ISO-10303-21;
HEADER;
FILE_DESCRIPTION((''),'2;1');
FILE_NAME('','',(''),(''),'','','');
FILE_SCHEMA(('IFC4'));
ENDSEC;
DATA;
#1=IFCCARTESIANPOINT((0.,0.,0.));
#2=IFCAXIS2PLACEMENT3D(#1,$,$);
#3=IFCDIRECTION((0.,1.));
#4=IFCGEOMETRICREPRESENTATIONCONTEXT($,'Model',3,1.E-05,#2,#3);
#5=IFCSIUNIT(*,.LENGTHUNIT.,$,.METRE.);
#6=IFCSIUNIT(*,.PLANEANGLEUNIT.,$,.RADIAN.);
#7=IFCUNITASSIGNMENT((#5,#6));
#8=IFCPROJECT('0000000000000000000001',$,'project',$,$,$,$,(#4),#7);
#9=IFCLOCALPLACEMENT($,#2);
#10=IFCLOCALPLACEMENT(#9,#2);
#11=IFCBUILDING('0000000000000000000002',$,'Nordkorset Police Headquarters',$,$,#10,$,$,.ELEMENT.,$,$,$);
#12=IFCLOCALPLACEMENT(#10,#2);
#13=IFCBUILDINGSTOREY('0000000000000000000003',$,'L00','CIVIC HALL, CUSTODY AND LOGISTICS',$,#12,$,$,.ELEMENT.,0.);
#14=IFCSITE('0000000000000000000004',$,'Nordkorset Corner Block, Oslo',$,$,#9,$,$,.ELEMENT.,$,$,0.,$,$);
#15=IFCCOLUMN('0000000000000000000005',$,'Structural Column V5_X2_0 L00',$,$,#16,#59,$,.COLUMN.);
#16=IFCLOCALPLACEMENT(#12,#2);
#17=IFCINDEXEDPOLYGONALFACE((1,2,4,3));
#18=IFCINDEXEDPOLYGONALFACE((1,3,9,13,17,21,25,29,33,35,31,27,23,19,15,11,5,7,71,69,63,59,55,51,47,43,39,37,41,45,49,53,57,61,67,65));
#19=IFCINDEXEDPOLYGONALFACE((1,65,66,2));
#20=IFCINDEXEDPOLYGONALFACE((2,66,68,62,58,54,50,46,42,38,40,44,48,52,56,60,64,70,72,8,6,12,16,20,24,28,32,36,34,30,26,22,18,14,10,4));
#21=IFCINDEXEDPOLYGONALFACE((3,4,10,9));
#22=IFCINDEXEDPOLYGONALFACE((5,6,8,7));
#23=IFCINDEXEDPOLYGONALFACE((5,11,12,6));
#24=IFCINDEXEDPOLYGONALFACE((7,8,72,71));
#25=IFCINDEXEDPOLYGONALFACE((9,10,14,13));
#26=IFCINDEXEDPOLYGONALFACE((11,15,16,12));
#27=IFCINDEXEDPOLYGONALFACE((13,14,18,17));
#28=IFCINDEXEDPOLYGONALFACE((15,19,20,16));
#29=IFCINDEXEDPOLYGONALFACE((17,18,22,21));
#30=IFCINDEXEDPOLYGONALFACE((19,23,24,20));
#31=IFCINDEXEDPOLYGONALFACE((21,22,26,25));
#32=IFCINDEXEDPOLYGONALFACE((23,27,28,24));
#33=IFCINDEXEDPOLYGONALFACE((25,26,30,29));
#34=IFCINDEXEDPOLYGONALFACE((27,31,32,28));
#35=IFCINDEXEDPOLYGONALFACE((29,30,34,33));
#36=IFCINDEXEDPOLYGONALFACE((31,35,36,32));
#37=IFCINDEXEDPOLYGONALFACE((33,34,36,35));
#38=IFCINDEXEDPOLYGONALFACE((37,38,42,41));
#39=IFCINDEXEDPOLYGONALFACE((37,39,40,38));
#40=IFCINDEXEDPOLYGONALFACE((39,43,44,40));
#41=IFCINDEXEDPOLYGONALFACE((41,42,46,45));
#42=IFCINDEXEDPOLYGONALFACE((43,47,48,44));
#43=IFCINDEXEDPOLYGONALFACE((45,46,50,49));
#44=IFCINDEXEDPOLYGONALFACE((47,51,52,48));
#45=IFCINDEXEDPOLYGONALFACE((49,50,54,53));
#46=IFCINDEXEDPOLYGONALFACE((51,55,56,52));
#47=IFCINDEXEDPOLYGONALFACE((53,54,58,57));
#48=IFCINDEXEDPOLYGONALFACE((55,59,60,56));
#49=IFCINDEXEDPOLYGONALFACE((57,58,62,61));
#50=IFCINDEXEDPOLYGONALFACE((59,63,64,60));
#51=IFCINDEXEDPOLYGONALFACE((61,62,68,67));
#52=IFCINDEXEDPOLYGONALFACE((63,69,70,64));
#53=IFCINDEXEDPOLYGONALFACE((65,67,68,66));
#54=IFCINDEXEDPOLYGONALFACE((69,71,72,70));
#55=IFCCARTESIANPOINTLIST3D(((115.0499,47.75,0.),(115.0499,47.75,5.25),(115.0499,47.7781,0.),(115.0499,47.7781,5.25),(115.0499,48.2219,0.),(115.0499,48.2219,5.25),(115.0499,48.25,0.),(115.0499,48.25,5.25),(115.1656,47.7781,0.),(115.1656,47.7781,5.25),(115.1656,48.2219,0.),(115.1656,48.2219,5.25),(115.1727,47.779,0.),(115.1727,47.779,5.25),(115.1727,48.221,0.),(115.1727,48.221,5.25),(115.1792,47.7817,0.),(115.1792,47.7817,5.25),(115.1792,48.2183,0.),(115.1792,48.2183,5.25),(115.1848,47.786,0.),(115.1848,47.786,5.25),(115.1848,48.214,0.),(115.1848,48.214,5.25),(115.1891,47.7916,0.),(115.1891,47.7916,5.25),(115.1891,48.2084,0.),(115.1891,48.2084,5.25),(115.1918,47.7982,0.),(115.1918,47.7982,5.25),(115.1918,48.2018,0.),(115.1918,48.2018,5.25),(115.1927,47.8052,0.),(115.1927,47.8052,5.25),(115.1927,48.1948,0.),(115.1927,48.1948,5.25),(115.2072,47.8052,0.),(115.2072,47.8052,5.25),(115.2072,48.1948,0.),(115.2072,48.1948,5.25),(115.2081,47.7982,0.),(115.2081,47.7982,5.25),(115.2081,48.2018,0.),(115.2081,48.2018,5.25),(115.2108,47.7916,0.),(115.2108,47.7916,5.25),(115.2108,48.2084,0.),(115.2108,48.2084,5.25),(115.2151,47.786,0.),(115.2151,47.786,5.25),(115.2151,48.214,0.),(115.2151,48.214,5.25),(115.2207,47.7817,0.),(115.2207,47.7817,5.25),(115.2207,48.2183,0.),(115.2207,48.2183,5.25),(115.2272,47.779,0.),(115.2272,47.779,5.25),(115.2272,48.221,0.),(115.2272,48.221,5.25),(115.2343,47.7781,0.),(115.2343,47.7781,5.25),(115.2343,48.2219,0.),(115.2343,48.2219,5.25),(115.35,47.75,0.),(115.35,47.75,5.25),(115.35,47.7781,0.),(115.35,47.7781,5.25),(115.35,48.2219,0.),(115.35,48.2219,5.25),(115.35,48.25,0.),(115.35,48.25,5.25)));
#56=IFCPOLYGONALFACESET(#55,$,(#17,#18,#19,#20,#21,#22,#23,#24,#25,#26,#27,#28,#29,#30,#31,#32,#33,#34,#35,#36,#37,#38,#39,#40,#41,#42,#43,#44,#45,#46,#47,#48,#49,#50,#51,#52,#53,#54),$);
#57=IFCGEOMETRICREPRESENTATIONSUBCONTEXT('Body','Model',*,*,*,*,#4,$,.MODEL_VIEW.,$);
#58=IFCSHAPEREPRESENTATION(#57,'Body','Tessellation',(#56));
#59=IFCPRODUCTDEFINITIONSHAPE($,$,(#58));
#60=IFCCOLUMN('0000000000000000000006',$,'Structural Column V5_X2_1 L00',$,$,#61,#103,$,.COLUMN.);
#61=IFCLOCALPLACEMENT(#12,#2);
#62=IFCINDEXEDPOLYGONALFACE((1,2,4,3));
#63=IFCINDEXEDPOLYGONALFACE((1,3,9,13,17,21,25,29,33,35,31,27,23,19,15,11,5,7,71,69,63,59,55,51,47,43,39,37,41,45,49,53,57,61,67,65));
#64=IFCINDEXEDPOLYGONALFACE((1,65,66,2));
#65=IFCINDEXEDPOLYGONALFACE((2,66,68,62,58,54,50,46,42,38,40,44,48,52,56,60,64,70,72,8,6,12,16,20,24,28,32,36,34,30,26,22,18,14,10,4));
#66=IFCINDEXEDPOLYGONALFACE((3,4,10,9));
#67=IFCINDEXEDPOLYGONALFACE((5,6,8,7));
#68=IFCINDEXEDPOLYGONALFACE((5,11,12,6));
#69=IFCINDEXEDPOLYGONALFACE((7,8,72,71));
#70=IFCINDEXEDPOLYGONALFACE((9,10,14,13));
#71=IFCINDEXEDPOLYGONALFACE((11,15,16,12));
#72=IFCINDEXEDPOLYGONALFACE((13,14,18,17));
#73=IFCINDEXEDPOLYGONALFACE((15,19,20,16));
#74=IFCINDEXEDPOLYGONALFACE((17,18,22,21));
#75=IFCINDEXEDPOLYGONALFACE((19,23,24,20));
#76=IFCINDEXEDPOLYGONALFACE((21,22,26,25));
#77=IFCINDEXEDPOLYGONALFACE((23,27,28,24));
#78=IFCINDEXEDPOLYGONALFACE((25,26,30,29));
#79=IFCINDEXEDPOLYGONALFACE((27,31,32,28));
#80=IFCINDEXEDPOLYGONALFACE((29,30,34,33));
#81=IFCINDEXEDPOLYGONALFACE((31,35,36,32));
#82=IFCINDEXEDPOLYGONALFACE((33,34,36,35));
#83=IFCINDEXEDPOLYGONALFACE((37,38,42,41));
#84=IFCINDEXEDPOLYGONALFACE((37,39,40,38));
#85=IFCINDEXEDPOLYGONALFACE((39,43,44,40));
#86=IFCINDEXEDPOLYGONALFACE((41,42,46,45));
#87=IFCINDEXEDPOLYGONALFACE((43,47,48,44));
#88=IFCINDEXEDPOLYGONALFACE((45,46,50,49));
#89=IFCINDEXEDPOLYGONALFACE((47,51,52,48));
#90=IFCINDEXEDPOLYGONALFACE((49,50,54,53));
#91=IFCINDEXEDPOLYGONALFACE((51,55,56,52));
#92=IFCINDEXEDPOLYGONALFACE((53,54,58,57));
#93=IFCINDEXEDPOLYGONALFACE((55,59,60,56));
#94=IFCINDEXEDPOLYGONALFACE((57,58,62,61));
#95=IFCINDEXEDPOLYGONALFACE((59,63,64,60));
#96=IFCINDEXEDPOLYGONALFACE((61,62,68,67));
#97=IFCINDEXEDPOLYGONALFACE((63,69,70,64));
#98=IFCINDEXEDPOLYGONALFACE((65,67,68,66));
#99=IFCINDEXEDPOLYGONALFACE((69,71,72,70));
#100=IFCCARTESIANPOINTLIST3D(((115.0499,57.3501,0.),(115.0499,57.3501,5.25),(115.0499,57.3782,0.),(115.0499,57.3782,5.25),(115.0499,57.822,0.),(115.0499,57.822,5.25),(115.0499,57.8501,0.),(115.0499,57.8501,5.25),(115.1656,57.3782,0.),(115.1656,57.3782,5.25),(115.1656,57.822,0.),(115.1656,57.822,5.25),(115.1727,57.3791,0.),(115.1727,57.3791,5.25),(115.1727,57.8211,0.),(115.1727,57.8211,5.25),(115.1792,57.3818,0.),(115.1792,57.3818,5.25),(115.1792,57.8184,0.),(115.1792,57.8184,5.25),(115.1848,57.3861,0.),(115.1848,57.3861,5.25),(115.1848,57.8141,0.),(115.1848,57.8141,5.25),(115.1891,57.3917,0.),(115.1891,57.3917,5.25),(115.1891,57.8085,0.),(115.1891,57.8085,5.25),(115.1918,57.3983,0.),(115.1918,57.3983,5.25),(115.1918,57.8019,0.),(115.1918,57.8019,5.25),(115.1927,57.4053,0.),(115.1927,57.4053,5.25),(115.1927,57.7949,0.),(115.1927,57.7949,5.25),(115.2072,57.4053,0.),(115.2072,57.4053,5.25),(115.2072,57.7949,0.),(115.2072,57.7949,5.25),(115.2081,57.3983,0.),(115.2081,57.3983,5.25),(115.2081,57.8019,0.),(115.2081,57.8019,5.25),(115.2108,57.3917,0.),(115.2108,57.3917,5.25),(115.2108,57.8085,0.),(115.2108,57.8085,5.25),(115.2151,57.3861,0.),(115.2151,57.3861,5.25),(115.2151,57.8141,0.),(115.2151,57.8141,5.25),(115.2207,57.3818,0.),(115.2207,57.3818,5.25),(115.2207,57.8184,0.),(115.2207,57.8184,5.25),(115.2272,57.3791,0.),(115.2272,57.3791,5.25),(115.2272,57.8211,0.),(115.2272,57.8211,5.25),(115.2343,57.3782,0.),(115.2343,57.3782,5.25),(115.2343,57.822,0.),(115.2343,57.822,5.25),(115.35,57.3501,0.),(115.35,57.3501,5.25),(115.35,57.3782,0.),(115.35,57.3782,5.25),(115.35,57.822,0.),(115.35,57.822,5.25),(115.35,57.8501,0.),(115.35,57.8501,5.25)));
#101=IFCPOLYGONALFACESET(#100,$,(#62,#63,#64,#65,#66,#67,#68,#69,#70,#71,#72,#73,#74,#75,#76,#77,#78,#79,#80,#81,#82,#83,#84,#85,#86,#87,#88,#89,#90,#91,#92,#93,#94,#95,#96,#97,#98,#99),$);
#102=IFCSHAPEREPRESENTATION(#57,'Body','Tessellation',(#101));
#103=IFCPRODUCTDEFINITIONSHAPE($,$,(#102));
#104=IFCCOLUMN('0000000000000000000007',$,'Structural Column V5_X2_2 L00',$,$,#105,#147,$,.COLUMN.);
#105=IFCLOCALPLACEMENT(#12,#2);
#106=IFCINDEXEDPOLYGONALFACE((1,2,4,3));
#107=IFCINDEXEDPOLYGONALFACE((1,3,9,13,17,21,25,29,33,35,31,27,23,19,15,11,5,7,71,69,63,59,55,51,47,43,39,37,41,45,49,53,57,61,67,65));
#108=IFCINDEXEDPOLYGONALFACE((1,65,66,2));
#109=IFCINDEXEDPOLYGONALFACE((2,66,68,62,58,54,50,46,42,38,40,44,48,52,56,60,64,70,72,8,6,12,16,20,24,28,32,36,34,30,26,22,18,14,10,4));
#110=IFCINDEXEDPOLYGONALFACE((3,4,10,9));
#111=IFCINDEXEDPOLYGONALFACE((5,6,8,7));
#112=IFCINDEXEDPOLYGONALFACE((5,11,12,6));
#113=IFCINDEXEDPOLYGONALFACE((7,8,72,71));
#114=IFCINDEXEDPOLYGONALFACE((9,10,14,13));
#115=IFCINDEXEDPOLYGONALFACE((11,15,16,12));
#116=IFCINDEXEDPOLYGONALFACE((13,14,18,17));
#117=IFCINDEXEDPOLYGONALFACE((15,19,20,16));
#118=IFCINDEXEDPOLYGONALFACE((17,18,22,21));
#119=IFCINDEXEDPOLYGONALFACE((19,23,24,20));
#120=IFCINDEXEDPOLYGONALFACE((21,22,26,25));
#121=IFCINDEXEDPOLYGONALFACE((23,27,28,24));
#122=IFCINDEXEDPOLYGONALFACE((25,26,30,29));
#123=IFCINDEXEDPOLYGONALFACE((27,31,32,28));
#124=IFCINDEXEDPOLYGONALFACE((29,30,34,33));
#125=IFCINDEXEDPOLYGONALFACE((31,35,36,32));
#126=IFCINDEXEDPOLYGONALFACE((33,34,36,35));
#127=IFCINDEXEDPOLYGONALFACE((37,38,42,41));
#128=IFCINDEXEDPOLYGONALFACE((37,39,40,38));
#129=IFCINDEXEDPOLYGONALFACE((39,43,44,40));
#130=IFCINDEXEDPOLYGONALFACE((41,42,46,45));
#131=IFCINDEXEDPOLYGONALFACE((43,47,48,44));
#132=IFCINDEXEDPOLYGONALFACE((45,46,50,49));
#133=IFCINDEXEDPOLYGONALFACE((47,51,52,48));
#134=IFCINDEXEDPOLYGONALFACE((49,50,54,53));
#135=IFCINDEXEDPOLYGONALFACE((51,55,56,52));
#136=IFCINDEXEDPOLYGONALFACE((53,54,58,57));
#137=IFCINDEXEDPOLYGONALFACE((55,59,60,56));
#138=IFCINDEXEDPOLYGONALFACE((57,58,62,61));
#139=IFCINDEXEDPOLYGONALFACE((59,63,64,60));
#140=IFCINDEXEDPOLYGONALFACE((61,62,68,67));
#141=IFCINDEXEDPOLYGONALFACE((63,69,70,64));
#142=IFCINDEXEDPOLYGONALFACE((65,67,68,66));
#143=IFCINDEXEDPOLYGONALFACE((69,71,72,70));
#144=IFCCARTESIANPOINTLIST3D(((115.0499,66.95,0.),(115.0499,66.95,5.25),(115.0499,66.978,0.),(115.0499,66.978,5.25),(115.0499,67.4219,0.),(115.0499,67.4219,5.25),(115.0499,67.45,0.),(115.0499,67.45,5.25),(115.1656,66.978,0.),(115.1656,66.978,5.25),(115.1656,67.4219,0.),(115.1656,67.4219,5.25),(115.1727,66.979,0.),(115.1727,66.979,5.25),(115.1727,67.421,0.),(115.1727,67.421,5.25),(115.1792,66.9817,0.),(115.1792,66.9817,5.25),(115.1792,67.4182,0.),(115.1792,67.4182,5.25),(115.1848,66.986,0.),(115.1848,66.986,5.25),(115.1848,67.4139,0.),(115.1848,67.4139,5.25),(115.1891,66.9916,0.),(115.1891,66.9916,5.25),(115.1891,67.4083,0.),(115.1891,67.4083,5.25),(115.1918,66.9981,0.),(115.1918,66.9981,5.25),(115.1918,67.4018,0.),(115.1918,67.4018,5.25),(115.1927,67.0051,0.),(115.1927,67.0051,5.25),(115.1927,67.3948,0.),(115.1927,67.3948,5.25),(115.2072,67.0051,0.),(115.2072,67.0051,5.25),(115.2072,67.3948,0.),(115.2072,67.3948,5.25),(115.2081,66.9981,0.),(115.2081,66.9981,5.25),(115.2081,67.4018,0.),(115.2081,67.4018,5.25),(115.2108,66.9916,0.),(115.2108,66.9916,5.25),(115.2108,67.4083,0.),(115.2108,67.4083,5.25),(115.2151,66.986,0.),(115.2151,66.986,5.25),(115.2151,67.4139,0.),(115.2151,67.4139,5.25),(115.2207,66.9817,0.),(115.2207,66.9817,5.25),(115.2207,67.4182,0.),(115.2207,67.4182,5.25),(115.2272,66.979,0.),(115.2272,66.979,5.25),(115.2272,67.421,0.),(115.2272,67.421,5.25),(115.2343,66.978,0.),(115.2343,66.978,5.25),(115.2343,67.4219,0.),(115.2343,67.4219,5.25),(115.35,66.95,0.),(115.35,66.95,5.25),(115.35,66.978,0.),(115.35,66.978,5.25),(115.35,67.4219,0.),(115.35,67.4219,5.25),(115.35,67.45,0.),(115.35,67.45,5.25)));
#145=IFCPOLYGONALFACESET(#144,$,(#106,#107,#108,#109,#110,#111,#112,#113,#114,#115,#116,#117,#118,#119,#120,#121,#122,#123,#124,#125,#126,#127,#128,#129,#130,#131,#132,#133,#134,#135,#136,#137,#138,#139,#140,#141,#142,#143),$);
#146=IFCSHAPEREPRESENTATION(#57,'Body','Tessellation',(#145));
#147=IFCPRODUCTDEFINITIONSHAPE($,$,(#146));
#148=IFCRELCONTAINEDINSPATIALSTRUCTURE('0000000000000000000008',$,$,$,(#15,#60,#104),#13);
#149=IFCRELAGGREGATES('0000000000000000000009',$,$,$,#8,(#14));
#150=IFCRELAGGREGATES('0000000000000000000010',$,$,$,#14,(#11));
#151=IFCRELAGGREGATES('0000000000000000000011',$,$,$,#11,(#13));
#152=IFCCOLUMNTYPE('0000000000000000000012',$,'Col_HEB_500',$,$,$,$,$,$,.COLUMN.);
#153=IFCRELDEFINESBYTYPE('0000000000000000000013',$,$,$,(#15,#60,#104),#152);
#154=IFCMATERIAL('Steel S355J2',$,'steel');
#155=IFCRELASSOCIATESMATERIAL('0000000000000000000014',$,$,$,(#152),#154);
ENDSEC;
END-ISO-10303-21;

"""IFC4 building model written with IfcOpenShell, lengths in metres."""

from ifc_helpers import new_model, si_unit, direction, frame, origin, origin_2d, place, context, subcontext, project, spatial, i_section, extrude, material, material_profile, profile_set, type_object, element, save


model = new_model("IFC4")

# Units and contexts
model_context = context("Model", 3, precision=1e-05, world=origin(), true_north=direction((0.0, 1.0)))
body_context = subcontext(model_context, "Body", "Model", "MODEL_VIEW")
ifc_project = project(units=[si_unit("LENGTHUNIT", "METRE"), si_unit("PLANEANGLEUNIT", "RADIAN")], contexts=[model_context])

# Site, building, storey
site_placement = place(None, origin())
site = spatial("IfcSite", under=ifc_project, at=site_placement, Name="Nordkorset Corner Block, Oslo", CompositionType="ELEMENT", RefElevation=0.0)
building_placement = place(site_placement, origin())
building = spatial("IfcBuilding", under=site, at=building_placement, Name="Nordkorset Police Headquarters", CompositionType="ELEMENT")
storey_placement = place(building_placement, origin())
storey = spatial("IfcBuildingStorey", under=building, at=storey_placement, Name="L00", Description="CIVIC HALL, CUSTODY AND LOGISTICS", CompositionType="ELEMENT", Elevation=0.0)

# Columns
ifc_material_1 = material(Name="Steel S355J2", Category="steel")
ifc_material_profile_1 = material_profile(ifc_material_1, i_section(OverallWidth=0.3, OverallDepth=0.5, WebThickness=0.0144, FlangeThickness=0.0281, FilletRadius=0.0271, at=origin_2d()), Name="HEB 500")
ifc_profile_set_1 = profile_set([ifc_material_profile_1], Name="Steel S355J2")
column_type = type_object("IfcColumnType", Name="Col_HEB_500", PredefinedType="COLUMN", material=ifc_profile_set_1)
for number, where, z_axis, x_axis, name in (
    (1, (115.2, 48.0, 0.0), (0.0, 0.0, 1.0), (1.0, 0.0, 0.0), "Structural Column V5_X2_0 L00"),
    (2, (115.2, 57.6001, 0.0), (0.0, 0.0, 1.0), (1.0, 0.0, 0.0), "Structural Column V5_X2_1 L00"),
    (3, (115.2, 67.2, 0.0), (0.0, 0.0, 1.0), (1.0, 0.0, 0.0), "Structural Column V5_X2_2 L00"),
):
    element("IfcColumn", number, at=place(storey_placement, frame(where, z_axis=z_axis, x_axis=x_axis)), inside=storey, type_object=column_type, Name=name, PredefinedType="COLUMN", context=body_context, shape_type="SweptSolid", body=[
        extrude(i_section(OverallWidth=0.3, OverallDepth=0.5, WebThickness=0.0144, FlangeThickness=0.0281, FilletRadius=0.0271, at=origin_2d()), origin(), (0.0, 0.0, 1.0), 5.25),
    ])

save(model, "model.ifc")
